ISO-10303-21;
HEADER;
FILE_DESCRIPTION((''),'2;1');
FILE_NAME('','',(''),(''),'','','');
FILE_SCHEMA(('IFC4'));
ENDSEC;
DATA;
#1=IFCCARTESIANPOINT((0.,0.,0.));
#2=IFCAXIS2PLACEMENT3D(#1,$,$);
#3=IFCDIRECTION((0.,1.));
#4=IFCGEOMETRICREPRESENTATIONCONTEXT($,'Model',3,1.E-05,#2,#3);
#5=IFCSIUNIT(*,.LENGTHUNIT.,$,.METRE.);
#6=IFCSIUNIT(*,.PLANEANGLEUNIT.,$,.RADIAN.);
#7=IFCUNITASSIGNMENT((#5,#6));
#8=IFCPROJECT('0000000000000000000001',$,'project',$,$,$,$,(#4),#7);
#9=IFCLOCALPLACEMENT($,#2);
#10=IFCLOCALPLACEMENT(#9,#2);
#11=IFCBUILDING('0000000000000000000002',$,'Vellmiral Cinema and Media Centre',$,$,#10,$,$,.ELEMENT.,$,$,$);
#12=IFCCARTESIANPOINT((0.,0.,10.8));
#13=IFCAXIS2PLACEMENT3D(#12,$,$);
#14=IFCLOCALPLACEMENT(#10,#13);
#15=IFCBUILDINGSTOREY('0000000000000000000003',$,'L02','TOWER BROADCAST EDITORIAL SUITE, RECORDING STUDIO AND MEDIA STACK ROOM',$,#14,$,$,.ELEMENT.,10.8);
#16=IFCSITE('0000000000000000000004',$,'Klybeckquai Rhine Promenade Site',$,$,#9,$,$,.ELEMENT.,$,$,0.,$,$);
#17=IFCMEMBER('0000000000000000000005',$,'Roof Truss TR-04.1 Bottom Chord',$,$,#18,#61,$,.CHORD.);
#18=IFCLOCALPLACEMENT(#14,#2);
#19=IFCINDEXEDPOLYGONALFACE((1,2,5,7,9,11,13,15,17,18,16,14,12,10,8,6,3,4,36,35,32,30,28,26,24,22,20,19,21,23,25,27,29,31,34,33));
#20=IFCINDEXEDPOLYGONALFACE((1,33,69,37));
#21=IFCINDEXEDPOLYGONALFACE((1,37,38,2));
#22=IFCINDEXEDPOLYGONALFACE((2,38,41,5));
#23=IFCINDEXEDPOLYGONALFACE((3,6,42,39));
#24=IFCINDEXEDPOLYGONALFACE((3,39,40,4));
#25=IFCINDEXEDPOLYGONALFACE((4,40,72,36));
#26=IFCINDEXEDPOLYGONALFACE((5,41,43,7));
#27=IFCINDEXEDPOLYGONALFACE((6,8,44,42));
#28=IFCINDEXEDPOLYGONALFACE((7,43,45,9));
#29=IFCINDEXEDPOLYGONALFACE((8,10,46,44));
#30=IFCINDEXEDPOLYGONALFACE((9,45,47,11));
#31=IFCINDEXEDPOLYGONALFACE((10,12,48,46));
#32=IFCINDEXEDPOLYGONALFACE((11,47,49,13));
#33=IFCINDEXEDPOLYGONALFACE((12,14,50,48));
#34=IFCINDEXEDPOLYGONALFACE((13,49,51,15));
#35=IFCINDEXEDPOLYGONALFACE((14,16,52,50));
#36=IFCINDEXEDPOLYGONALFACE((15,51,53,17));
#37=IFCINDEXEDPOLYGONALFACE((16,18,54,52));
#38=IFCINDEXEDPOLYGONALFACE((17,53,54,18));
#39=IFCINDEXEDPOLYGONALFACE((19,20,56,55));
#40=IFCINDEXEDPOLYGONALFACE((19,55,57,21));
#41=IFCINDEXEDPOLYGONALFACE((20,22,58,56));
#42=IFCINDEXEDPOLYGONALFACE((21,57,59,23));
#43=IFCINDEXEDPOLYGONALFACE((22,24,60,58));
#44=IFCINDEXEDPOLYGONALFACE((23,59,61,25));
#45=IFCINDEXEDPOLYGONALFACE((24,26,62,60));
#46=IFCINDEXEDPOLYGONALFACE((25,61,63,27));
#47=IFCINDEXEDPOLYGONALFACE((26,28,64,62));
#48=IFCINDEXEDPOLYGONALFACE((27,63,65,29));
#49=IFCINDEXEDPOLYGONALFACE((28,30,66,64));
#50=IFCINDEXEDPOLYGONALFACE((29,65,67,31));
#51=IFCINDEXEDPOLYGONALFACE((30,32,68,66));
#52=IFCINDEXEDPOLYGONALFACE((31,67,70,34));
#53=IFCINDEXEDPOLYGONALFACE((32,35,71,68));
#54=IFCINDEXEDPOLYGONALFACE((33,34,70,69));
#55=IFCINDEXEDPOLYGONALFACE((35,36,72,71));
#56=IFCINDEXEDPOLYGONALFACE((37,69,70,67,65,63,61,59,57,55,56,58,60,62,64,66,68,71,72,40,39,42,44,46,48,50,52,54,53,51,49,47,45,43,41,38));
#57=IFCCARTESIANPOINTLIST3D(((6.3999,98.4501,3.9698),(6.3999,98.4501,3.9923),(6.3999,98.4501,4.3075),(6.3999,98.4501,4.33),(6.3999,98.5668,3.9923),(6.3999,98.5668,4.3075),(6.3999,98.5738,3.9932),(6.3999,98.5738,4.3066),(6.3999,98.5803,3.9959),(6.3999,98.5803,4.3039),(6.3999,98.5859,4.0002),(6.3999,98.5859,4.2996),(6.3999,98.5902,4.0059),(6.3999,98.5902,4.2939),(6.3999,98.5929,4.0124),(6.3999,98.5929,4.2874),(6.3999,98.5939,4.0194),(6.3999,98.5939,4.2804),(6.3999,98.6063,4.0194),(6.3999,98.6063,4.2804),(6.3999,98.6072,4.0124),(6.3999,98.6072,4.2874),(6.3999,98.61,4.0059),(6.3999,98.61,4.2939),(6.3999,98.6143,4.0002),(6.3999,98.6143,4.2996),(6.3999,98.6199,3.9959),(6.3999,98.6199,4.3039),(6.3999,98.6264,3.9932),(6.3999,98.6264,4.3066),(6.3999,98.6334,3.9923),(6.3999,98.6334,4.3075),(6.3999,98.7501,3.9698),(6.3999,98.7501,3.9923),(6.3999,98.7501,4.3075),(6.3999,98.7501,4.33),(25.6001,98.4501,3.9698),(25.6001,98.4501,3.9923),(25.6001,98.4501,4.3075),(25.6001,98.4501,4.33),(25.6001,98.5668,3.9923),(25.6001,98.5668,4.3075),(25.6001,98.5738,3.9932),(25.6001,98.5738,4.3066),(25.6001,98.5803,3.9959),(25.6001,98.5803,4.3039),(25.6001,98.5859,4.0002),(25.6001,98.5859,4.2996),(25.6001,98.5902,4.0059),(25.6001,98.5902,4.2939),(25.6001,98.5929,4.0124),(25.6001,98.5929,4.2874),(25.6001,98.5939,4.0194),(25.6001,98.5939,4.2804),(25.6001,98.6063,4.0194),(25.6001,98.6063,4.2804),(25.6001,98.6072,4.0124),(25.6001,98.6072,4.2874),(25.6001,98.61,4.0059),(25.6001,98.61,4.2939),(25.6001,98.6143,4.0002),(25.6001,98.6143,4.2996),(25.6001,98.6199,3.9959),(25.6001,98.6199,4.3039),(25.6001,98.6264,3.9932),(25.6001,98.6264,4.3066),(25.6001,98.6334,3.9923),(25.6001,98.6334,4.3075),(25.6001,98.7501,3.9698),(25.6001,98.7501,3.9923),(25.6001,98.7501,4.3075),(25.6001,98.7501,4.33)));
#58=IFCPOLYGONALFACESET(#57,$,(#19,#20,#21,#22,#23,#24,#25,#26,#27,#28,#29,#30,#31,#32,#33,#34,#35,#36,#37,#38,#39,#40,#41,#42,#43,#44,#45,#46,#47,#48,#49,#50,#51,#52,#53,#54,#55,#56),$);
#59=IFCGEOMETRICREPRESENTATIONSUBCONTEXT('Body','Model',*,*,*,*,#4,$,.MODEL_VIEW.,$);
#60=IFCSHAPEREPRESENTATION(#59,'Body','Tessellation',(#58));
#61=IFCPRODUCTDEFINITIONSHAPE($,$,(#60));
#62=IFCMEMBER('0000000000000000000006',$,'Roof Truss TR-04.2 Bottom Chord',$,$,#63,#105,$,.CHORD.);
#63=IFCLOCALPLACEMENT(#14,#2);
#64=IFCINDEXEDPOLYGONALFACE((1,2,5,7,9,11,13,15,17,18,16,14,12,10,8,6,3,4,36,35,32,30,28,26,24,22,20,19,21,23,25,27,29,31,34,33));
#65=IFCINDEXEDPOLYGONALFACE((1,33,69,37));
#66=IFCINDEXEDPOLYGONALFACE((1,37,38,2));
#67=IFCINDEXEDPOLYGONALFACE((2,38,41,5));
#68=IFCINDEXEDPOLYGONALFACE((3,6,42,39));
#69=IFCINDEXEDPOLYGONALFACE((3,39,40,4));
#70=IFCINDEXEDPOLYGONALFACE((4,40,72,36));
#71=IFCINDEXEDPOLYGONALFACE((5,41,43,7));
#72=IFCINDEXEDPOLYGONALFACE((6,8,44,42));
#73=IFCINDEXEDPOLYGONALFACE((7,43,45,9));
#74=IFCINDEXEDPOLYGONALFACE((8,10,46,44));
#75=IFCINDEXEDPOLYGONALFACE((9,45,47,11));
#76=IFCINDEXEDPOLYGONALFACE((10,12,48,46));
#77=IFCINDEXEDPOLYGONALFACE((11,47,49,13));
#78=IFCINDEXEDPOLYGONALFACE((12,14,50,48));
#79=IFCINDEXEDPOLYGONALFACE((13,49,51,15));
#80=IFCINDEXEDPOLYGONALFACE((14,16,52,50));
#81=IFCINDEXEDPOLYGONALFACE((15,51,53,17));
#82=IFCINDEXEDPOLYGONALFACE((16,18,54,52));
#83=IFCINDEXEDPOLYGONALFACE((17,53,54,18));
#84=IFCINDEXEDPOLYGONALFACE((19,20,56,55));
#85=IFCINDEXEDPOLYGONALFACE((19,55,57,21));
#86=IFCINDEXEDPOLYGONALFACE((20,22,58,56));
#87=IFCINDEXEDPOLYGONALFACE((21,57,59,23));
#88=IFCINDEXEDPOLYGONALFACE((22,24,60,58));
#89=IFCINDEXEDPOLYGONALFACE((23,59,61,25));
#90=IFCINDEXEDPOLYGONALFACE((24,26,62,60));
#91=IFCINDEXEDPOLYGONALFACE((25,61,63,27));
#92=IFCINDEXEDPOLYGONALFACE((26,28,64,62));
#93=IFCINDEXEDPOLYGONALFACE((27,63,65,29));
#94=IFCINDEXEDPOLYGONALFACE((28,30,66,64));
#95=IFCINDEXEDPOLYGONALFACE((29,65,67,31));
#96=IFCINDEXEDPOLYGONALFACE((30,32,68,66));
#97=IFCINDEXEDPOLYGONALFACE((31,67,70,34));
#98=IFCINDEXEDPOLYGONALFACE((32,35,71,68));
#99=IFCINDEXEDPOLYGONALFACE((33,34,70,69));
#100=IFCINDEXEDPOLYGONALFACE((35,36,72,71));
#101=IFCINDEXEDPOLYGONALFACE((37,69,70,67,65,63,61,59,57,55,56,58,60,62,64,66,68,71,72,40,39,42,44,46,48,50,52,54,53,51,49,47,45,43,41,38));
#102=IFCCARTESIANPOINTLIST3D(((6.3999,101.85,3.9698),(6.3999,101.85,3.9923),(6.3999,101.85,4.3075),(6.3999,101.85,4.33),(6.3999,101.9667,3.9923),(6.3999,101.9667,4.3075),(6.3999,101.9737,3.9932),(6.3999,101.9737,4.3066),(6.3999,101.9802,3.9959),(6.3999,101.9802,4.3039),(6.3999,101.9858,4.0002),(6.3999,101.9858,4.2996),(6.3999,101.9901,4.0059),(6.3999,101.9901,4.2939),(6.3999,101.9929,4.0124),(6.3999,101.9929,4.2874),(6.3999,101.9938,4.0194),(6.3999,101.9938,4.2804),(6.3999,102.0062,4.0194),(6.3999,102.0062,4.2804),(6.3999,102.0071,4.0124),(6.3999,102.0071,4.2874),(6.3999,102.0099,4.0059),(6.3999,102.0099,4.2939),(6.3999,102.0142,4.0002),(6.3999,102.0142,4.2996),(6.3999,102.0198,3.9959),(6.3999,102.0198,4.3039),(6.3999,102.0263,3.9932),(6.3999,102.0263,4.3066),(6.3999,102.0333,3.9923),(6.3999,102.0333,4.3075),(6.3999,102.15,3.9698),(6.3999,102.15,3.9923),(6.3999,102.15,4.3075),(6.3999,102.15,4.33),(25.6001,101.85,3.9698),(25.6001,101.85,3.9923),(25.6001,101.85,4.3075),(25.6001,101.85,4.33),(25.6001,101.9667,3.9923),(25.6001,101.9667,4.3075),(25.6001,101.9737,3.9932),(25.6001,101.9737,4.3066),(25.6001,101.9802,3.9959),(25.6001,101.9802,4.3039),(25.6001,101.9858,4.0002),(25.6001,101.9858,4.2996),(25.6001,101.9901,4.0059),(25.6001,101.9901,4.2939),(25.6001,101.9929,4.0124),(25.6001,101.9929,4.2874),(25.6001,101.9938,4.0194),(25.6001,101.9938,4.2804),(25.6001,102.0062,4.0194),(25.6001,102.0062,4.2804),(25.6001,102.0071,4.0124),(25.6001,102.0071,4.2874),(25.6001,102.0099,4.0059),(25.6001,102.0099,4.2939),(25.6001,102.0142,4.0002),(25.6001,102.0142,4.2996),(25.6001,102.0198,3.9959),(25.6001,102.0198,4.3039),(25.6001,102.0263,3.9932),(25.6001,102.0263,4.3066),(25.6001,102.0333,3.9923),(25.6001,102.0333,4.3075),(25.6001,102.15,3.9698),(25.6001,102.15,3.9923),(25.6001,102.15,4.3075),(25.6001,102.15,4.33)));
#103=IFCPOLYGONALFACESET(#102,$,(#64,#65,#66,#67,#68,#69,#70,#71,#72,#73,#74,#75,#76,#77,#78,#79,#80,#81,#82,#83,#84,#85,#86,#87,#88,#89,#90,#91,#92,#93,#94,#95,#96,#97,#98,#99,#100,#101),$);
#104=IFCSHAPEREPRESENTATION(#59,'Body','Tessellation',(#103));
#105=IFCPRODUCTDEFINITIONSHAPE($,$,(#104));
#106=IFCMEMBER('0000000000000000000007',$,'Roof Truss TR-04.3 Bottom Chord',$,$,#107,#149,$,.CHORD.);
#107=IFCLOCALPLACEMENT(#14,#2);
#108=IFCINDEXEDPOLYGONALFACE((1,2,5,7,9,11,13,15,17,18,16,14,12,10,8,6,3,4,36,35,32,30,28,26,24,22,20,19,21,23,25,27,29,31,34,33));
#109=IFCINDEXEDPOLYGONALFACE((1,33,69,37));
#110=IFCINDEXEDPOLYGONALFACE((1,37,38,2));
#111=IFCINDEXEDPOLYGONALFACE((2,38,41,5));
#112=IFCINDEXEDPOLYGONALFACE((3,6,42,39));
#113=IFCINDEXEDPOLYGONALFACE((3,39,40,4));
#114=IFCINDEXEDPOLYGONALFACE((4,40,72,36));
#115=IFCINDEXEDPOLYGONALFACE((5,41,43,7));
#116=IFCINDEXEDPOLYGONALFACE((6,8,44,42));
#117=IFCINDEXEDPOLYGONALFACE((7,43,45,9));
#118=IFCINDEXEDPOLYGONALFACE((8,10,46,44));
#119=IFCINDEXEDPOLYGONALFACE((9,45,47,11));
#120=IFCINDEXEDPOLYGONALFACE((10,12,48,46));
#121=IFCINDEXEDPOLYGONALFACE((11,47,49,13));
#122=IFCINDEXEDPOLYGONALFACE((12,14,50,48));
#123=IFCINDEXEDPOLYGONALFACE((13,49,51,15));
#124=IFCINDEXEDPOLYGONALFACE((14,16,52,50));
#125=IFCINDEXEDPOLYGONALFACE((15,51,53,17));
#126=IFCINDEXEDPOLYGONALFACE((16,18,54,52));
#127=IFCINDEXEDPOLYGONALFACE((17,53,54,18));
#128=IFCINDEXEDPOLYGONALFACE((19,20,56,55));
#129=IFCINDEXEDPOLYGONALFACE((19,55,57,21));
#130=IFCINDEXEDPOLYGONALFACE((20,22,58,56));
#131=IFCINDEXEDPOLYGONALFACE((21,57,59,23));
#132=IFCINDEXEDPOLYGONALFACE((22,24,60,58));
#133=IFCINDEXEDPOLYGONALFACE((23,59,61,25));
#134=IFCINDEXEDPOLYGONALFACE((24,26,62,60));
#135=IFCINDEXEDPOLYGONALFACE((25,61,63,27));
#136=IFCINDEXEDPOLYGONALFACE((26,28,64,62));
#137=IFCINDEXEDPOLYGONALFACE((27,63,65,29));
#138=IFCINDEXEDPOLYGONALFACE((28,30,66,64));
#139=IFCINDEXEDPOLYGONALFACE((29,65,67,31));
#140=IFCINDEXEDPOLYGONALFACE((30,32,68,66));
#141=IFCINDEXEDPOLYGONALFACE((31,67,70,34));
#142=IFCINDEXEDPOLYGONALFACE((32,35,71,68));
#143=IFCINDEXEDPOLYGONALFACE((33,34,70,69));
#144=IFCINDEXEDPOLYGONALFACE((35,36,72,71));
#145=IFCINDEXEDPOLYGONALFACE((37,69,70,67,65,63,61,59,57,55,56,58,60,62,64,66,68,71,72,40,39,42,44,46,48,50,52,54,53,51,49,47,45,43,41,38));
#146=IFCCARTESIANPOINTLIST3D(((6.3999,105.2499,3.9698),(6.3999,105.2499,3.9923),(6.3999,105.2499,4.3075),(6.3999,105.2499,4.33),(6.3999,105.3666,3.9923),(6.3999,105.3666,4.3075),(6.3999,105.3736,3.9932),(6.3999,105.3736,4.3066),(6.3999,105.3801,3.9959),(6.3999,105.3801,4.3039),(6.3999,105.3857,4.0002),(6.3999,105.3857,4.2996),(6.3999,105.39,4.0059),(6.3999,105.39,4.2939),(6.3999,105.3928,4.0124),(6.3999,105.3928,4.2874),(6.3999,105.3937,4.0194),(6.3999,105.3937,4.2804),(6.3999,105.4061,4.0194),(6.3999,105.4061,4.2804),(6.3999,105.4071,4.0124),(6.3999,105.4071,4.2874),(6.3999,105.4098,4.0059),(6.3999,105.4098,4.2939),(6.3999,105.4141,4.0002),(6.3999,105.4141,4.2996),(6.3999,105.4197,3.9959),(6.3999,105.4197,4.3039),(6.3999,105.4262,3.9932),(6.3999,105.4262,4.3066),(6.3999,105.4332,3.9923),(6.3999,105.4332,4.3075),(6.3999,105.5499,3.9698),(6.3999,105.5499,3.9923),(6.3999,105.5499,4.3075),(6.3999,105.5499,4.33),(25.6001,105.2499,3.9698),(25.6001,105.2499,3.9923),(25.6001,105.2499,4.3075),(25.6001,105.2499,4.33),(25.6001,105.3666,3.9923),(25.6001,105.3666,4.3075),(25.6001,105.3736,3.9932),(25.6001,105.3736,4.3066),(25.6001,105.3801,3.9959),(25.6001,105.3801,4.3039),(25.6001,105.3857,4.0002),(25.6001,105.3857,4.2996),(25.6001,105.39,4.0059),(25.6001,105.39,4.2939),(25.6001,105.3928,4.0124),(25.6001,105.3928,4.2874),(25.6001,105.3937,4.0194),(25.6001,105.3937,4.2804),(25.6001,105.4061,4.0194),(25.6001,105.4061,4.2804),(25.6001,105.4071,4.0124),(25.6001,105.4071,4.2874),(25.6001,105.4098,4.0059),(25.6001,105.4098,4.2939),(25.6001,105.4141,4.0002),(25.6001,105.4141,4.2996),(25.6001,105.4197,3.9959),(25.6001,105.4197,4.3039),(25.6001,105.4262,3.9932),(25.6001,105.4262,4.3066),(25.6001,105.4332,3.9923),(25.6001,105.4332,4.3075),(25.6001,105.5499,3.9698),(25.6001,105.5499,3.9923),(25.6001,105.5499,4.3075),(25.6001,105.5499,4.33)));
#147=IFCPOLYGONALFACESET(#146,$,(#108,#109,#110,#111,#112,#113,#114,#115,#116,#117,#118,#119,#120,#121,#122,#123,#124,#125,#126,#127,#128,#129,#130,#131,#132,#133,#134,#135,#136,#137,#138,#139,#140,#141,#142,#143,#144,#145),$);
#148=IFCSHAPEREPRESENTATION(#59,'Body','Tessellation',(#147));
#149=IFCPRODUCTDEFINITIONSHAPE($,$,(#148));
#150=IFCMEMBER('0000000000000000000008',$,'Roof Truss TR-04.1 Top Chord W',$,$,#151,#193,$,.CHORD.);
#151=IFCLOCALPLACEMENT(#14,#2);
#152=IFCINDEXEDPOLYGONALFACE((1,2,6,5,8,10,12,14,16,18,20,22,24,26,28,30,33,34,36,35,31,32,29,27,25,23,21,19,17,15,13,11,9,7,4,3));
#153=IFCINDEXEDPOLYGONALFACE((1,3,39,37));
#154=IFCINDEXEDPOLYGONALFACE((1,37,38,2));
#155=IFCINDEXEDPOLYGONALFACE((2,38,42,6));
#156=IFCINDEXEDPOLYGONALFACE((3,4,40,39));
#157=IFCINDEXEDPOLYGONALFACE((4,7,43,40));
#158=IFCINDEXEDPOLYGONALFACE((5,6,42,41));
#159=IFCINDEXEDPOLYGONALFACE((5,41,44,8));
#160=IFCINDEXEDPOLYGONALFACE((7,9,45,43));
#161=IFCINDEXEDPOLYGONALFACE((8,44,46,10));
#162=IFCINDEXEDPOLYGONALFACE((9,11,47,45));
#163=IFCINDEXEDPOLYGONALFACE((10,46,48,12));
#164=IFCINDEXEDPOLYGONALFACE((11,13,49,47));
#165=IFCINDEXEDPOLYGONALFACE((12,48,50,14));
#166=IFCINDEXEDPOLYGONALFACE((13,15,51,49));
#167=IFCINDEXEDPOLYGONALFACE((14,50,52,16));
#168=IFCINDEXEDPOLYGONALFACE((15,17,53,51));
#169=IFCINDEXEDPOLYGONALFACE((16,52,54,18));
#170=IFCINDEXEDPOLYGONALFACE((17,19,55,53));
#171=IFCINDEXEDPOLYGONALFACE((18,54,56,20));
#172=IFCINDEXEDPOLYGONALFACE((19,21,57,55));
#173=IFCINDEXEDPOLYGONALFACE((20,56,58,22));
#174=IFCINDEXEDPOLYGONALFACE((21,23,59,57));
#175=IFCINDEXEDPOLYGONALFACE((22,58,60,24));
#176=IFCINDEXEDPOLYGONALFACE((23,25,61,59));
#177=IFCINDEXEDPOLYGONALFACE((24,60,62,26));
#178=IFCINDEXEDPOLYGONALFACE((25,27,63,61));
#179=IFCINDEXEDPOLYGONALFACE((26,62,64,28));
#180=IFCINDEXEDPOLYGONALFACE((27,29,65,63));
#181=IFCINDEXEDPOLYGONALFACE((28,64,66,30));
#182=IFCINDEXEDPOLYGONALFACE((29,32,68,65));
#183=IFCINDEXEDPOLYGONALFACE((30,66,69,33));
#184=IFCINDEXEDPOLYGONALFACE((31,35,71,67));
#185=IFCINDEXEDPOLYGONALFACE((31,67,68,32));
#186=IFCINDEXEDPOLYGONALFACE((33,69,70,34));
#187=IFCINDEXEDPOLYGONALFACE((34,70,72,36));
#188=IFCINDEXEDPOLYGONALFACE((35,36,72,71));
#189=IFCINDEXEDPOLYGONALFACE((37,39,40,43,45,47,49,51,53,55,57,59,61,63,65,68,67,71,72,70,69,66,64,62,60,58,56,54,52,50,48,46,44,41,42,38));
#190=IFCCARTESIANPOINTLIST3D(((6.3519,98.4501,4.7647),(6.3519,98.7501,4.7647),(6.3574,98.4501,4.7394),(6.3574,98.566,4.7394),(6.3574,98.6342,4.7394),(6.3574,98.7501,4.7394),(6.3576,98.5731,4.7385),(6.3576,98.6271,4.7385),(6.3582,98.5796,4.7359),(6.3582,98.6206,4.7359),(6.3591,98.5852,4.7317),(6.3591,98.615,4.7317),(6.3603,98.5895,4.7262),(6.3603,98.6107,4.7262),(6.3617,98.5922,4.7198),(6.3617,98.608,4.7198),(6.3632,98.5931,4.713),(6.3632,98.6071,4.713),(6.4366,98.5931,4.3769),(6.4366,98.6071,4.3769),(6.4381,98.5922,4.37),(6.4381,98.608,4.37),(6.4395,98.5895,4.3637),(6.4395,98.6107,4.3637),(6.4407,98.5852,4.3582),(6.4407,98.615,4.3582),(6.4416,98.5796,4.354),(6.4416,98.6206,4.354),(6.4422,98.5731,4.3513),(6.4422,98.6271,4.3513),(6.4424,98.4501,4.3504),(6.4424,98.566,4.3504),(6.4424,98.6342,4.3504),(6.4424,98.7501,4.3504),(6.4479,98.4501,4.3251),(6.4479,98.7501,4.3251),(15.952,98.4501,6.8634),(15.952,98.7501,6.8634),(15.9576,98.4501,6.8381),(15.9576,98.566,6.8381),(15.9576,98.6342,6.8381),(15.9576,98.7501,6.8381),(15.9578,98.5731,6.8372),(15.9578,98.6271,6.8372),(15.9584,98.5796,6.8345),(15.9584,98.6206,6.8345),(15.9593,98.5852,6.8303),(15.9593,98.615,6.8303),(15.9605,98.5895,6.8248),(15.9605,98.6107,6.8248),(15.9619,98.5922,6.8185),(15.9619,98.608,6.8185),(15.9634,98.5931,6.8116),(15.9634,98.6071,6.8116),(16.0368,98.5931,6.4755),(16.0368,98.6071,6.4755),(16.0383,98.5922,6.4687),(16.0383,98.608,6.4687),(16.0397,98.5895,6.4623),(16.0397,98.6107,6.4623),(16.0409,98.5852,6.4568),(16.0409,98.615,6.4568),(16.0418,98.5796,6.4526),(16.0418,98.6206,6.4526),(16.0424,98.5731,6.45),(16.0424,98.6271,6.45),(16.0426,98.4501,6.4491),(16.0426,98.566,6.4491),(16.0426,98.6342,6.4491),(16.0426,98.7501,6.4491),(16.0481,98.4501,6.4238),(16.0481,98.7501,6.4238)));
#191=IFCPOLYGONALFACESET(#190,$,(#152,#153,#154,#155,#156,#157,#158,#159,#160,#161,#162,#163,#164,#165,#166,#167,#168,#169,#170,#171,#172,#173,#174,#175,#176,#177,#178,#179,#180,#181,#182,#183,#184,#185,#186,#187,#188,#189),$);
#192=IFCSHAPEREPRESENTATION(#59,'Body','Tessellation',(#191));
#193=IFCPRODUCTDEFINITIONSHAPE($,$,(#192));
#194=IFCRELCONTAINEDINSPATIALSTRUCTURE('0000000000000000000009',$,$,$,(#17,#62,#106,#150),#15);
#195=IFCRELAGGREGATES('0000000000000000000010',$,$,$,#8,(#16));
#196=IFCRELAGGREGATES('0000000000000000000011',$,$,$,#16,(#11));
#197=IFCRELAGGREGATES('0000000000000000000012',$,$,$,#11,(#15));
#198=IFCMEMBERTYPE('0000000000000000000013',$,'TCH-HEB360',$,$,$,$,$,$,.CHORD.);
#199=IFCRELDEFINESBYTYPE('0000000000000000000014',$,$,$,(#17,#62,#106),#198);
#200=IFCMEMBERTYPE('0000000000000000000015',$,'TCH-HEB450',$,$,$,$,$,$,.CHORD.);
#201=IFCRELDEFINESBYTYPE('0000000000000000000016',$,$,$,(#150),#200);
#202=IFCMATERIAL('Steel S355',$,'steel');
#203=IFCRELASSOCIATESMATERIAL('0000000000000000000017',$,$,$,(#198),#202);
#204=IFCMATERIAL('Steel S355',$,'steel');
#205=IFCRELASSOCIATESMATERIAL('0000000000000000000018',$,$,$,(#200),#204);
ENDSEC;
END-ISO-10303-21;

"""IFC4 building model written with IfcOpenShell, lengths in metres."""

from ifc_helpers import new_model, si_unit, direction, frame, origin, origin_2d, place, context, subcontext, project, spatial, i_section, extrude, material, material_profile, profile_set, type_object, element, save


model = new_model("IFC4")

# Units and contexts
model_context = context("Model", 3, precision=1e-05, world=origin(), true_north=direction((0.0, 1.0)))
body_context = subcontext(model_context, "Body", "Model", "MODEL_VIEW")
ifc_project = project(units=[si_unit("LENGTHUNIT", "METRE"), si_unit("PLANEANGLEUNIT", "RADIAN")], contexts=[model_context])

# Site, building, storey
site_placement = place(None, origin())
site = spatial("IfcSite", under=ifc_project, at=site_placement, Name="Klybeckquai Rhine Promenade Site", CompositionType="ELEMENT", RefElevation=0.0)
building_placement = place(site_placement, origin())
building = spatial("IfcBuilding", under=site, at=building_placement, Name="Vellmiral Cinema and Media Centre", CompositionType="ELEMENT")
storey_placement = place(building_placement, frame((0.0, 0.0, 10.8)))
storey = spatial("IfcBuildingStorey", under=building, at=storey_placement, Name="L02", Description="TOWER BROADCAST EDITORIAL SUITE, RECORDING STUDIO AND MEDIA STACK ROOM", CompositionType="ELEMENT", Elevation=10.8)

# Members
ifc_material_1 = material(Name="Steel S355", Category="steel")
ifc_material_profile_1 = material_profile(ifc_material_1, i_section(OverallWidth=0.3, OverallDepth=0.3601, WebThickness=0.0125, FlangeThickness=0.0225, FilletRadius=0.0271, at=origin_2d()), Name="HEB 360")
ifc_profile_set_1 = profile_set([ifc_material_profile_1], Name="Steel S355")
member_type_1 = type_object("IfcMemberType", Name="TCH-HEB360", PredefinedType="CHORD", material=ifc_profile_set_1)
for number, where, z_axis, x_axis, name in (
    (1, (6.3999, 98.6001, 4.1499), (1.0, 0.0, 0.0), (0.0, 1.0, 0.0), "Roof Truss TR-04.1 Bottom Chord"),
    (2, (6.3999, 102.0, 4.1499), (1.0, 0.0, 0.0), (0.0, 1.0, 0.0), "Roof Truss TR-04.2 Bottom Chord"),
    (3, (6.3999, 105.3999, 4.1499), (1.0, 0.0, 0.0), (0.0, 1.0, 0.0), "Roof Truss TR-04.3 Bottom Chord"),
):
    element("IfcMember", number, at=place(storey_placement, frame(where, z_axis=z_axis, x_axis=x_axis)), inside=storey, type_object=member_type_1, Name=name, PredefinedType="CHORD", context=body_context, shape_type="SweptSolid", body=[
        extrude(i_section(OverallWidth=0.3, OverallDepth=0.3601, WebThickness=0.0125, FlangeThickness=0.0225, FilletRadius=0.0271, at=origin_2d()), origin(), (0.0, 0.0, 1.0), 19.2002),
    ])
ifc_material_2 = material(Name="Steel S355", Category="steel")
ifc_material_profile_2 = material_profile(ifc_material_2, i_section(OverallWidth=0.3, OverallDepth=0.45, WebThickness=0.0139, FlangeThickness=0.0259, FilletRadius=0.0271, at=origin_2d()), Name="HEB 450")
ifc_profile_set_2 = profile_set([ifc_material_profile_2], Name="Steel S355")
member_type_2 = type_object("IfcMemberType", Name="TCH-HEB450", PredefinedType="CHORD", material=ifc_profile_set_2)
for number, where, z_axis, x_axis, name in (
    (4, (6.3999, 98.6001, 4.5449), (0.97693, 0.0, 0.213562), (0.0, 1.0, 0.0), "Roof Truss TR-04.1 Top Chord W"),
):
    element("IfcMember", number, at=place(storey_placement, frame(where, z_axis=z_axis, x_axis=x_axis)), inside=storey, type_object=member_type_2, Name=name, PredefinedType="CHORD", context=body_context, shape_type="SweptSolid", body=[
        extrude(i_section(OverallWidth=0.3, OverallDepth=0.45, WebThickness=0.0139, FlangeThickness=0.0259, FilletRadius=0.0271, at=origin_2d()), origin(), (0.0, 0.0, 1.0), 9.8269),
    ])

save(model, "model.ifc")
